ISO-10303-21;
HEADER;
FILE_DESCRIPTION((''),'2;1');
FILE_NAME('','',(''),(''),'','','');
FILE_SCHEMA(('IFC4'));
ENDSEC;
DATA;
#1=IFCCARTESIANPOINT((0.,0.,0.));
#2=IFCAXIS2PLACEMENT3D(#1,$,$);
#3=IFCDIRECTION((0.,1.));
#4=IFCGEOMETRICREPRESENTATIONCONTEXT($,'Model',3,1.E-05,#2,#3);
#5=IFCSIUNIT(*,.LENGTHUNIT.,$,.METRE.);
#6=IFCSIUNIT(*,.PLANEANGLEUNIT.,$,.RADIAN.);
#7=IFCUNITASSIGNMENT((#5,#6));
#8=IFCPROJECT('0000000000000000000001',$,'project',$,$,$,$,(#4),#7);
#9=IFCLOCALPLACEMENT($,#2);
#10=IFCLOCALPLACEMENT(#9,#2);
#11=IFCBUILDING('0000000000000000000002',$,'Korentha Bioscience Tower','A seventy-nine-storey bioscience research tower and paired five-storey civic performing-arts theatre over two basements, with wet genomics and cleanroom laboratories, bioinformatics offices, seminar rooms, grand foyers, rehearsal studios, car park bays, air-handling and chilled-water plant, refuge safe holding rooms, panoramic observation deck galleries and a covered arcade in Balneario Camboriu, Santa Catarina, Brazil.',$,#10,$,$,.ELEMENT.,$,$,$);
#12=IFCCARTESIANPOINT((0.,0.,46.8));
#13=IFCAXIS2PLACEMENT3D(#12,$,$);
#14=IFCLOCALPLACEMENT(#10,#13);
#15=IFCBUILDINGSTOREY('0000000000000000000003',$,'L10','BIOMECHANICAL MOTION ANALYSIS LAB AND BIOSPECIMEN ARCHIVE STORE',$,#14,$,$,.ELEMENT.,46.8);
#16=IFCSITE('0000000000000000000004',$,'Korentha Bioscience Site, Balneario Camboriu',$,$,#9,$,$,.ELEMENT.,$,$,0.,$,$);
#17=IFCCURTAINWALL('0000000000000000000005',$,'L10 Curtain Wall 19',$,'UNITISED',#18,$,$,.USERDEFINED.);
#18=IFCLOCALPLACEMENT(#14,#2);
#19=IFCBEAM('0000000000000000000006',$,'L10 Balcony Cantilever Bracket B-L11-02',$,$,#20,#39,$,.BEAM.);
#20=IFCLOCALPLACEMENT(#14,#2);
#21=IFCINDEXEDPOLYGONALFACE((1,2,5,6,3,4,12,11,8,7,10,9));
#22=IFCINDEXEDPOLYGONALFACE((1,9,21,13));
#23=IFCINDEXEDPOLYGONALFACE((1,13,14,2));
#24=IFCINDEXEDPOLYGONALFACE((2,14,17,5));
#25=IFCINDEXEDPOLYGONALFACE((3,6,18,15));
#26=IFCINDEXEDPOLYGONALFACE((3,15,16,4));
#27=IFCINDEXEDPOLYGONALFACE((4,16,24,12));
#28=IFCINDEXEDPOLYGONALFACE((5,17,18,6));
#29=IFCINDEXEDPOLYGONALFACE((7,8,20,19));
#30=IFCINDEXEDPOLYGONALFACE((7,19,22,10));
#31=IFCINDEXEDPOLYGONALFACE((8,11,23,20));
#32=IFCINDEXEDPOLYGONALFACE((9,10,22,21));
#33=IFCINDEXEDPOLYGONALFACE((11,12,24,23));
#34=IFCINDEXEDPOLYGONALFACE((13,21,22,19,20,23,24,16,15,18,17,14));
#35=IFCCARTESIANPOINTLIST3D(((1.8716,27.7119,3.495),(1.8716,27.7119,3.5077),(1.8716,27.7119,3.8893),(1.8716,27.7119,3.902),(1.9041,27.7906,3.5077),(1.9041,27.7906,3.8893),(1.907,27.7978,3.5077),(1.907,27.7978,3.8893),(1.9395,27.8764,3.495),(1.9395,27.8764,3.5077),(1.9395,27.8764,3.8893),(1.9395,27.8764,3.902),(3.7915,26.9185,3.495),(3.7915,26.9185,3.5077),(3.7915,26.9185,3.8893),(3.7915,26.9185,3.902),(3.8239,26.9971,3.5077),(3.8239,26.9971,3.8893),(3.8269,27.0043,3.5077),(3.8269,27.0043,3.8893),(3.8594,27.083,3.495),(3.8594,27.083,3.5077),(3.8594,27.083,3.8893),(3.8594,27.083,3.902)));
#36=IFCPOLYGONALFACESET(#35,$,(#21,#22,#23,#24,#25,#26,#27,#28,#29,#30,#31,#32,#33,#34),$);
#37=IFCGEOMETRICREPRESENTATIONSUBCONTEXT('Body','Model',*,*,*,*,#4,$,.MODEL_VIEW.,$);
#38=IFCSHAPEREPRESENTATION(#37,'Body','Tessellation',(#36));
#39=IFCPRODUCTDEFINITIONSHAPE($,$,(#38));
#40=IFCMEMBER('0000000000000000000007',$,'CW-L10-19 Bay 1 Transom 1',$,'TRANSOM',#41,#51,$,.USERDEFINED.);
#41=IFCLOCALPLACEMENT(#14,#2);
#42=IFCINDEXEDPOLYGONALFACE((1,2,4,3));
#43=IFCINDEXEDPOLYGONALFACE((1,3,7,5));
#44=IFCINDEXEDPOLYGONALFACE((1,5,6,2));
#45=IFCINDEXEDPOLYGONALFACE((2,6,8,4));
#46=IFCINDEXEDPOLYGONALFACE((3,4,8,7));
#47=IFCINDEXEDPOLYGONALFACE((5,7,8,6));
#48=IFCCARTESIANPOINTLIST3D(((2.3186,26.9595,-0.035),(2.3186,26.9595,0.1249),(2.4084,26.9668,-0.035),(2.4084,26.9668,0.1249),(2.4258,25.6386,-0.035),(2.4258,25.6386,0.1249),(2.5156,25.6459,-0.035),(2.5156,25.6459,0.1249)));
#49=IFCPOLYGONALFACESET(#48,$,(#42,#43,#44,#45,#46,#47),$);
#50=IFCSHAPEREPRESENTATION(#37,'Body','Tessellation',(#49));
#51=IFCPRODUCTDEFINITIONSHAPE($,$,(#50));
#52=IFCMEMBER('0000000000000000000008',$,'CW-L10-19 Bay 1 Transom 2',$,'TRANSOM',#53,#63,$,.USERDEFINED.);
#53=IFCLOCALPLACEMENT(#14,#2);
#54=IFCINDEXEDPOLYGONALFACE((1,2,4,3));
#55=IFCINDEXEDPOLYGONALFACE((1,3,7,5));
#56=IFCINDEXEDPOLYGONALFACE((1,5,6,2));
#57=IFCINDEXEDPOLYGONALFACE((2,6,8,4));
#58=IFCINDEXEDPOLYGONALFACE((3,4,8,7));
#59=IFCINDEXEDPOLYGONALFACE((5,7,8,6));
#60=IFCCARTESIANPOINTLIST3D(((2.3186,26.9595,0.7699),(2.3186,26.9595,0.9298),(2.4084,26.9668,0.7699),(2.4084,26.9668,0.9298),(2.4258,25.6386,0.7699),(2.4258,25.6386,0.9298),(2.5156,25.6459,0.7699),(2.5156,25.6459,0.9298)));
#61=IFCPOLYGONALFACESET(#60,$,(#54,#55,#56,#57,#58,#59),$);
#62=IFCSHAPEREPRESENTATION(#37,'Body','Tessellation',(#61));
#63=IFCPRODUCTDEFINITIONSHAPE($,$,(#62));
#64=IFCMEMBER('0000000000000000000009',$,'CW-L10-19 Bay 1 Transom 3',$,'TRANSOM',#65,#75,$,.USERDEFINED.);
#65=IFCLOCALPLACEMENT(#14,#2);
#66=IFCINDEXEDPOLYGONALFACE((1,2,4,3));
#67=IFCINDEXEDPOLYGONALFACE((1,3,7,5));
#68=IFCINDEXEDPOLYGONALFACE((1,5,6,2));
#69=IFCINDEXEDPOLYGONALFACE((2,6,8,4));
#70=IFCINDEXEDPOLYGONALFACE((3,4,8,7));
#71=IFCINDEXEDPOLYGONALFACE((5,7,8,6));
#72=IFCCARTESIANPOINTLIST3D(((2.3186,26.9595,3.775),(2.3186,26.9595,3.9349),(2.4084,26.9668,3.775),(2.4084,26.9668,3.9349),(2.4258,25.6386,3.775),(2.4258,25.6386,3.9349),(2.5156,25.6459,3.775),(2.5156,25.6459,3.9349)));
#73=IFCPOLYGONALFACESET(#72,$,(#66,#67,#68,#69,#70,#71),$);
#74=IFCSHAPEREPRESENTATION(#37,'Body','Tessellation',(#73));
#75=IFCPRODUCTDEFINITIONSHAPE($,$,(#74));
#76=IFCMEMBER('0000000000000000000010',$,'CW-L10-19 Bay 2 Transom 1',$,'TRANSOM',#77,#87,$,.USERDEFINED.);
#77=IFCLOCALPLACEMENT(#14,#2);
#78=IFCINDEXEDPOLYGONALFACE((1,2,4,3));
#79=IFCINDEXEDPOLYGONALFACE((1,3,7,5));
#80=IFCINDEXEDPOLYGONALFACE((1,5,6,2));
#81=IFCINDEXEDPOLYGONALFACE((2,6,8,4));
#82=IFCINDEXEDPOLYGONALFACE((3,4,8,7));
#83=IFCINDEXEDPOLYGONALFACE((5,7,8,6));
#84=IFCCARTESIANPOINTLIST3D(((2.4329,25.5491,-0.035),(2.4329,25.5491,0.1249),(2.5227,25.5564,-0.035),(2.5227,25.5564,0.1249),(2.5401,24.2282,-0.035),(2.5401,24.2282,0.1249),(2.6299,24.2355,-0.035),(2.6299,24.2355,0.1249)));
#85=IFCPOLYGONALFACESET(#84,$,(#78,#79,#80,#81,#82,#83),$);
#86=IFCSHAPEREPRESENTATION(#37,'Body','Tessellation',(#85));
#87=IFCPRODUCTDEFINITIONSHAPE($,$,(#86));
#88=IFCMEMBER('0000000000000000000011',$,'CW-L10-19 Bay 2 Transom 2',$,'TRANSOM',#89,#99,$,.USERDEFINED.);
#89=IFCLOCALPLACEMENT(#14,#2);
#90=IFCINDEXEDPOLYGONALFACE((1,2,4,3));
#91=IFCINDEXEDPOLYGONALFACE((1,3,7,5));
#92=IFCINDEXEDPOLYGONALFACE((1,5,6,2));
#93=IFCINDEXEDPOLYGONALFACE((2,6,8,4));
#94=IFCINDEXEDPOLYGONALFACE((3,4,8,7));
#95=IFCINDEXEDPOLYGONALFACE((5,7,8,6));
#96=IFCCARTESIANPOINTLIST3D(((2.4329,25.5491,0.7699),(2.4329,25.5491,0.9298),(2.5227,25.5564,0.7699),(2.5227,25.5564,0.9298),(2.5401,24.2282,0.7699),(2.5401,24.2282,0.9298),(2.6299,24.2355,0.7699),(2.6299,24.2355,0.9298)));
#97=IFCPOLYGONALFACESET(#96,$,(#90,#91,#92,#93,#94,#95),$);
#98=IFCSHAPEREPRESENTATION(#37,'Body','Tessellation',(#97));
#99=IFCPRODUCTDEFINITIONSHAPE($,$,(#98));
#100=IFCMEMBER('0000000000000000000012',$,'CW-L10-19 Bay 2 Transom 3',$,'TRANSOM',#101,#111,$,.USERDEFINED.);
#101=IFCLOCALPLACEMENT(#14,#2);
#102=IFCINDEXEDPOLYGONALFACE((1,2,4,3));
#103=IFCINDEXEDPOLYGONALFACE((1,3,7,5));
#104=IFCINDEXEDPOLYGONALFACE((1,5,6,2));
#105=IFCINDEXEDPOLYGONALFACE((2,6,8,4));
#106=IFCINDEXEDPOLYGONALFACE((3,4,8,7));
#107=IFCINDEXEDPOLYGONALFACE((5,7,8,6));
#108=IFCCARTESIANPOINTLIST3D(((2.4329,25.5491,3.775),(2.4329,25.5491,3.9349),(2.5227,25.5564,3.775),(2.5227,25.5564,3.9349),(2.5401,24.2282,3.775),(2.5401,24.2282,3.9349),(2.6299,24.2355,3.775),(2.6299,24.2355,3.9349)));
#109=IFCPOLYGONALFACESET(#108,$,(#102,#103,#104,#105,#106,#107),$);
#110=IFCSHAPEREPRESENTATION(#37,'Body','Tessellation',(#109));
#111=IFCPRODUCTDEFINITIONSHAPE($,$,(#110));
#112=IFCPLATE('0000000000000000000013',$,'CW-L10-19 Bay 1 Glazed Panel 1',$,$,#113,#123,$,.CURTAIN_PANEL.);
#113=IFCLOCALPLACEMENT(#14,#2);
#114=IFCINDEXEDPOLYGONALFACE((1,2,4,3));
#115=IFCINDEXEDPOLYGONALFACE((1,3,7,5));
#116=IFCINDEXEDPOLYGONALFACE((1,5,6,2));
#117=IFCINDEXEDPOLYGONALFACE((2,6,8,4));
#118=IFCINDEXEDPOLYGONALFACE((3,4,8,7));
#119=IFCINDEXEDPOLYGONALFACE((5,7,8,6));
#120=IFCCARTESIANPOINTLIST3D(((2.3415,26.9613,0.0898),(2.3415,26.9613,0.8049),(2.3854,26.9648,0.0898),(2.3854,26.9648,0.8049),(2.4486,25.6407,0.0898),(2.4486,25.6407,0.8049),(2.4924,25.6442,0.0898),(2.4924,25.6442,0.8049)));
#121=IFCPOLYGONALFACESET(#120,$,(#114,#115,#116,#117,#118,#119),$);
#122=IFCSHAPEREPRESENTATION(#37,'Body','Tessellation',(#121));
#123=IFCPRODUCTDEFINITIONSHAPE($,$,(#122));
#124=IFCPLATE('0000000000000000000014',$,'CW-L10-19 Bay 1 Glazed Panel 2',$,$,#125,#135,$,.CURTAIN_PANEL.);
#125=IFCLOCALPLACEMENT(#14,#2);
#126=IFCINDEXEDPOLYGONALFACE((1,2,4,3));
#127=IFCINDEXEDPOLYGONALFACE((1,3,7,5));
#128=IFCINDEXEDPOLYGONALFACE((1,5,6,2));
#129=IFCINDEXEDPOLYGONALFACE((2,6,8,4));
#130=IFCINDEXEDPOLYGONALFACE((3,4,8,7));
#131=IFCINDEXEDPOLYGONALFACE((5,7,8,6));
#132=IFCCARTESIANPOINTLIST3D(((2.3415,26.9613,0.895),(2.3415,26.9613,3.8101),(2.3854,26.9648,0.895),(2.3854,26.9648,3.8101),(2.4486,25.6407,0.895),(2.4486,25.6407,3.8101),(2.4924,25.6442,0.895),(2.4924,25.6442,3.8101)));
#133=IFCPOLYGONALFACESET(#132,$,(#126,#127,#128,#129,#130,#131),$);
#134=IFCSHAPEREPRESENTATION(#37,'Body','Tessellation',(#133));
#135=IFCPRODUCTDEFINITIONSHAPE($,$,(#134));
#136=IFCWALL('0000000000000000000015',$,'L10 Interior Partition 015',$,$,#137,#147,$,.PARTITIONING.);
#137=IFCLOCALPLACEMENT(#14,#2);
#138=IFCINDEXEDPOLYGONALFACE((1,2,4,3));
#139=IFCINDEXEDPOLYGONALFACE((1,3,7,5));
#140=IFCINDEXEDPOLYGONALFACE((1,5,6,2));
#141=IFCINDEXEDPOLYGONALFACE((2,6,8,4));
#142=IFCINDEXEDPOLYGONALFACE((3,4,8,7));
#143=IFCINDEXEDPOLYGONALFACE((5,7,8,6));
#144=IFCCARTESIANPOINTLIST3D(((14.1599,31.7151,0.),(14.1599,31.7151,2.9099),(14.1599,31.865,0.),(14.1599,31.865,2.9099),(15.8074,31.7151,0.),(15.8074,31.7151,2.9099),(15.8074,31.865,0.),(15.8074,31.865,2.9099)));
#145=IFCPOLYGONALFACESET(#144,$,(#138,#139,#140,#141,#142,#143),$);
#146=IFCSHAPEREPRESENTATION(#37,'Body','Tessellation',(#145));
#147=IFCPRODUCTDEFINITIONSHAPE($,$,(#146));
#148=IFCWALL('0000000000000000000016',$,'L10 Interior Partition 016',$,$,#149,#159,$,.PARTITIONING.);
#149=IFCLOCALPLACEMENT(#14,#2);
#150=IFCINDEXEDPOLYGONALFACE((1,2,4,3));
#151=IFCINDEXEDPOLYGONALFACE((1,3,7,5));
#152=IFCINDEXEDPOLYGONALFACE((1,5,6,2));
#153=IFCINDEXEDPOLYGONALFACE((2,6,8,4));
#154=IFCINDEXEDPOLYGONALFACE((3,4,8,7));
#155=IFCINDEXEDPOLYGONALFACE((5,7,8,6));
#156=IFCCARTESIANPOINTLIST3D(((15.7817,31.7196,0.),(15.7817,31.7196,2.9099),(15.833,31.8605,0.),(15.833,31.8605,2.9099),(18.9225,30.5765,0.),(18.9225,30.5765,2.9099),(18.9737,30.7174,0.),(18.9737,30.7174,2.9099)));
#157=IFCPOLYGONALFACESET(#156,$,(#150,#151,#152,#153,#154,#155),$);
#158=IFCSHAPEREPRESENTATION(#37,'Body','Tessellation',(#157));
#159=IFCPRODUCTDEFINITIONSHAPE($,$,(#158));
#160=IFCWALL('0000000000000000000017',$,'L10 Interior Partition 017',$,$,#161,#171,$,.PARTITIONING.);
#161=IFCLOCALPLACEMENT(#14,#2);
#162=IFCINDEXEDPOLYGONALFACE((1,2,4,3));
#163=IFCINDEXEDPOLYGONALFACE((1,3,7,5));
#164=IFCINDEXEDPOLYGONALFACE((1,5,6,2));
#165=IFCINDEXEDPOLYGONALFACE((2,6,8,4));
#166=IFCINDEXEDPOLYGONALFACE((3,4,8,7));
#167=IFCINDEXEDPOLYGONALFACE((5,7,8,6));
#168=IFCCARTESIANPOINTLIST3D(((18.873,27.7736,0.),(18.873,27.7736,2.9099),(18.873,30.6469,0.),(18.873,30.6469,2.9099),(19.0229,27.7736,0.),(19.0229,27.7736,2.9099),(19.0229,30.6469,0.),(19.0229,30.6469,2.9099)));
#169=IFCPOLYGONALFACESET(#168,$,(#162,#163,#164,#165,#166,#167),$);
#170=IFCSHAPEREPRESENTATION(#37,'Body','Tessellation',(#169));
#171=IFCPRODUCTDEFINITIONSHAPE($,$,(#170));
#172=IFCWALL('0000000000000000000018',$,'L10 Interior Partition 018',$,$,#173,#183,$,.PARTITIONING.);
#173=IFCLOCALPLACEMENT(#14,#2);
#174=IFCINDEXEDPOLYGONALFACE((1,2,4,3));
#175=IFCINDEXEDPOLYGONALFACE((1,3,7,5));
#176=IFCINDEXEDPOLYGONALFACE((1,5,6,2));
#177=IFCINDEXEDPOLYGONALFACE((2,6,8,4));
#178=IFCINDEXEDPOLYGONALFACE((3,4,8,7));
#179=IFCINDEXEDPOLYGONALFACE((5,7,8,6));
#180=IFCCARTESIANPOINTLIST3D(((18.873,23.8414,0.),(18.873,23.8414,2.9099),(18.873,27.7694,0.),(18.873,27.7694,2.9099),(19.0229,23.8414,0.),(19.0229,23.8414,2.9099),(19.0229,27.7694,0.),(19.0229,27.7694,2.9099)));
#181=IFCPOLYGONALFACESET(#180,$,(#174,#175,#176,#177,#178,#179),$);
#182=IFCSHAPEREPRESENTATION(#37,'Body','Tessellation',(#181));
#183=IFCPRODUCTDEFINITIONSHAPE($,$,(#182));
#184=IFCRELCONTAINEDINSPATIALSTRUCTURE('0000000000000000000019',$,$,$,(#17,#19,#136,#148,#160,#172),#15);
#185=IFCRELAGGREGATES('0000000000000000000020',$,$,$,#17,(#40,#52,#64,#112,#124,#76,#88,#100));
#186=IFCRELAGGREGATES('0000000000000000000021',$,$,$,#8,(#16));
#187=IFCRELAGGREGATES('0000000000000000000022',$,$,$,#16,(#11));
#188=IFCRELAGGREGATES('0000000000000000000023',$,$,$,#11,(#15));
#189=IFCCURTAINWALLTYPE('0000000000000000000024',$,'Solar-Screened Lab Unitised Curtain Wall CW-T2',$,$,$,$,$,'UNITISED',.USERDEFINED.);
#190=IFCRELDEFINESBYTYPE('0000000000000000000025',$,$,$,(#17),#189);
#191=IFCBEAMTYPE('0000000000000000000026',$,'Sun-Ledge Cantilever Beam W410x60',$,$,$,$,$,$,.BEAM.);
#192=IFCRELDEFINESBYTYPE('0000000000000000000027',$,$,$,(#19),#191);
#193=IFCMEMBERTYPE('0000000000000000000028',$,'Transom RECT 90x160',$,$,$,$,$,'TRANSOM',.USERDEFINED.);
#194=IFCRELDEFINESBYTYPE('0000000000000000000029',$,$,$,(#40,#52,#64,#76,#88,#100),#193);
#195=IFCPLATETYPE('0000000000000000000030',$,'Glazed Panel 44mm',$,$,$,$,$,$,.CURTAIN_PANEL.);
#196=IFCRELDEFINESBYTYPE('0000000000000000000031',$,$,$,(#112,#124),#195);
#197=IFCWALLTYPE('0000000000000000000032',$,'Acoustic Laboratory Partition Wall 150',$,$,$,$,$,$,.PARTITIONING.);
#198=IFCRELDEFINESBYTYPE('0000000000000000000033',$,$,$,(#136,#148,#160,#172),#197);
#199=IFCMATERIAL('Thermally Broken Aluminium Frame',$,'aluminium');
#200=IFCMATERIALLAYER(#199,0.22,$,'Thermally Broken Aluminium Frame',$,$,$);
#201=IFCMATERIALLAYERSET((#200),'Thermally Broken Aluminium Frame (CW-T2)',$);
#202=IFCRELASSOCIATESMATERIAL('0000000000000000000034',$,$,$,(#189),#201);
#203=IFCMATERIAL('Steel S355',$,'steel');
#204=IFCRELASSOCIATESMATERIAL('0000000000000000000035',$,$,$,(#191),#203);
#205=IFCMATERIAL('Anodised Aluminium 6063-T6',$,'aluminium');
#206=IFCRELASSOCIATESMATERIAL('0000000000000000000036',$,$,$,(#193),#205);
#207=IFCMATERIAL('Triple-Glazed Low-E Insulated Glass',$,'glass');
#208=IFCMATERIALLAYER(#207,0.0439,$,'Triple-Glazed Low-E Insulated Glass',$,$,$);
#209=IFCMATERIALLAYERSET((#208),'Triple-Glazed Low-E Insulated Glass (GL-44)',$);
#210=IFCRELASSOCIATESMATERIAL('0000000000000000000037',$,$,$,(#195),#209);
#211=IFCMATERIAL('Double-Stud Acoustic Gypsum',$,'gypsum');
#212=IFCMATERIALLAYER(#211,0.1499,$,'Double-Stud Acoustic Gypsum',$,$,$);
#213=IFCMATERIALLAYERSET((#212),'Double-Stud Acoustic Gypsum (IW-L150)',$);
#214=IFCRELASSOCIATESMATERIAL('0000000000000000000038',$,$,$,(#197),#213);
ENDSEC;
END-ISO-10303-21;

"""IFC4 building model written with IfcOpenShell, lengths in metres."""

from ifc_helpers import new_model, si_unit, direction, frame, frame_2d, origin, origin_2d, place, context, subcontext, project, spatial, rectangle, i_section, extrude, material, layer, layer_set, material_profile, profile_set, type_object, element, aggregate, save


model = new_model("IFC4")

# Units and contexts
model_context = context("Model", 3, precision=1e-05, world=origin(), true_north=direction((0.0, 1.0)))
body_context = subcontext(model_context, "Body", "Model", "MODEL_VIEW")
ifc_project = project(units=[si_unit("LENGTHUNIT", "METRE"), si_unit("PLANEANGLEUNIT", "RADIAN")], contexts=[model_context])

# Site, building, storey
site_placement = place(None, origin())
site = spatial("IfcSite", under=ifc_project, at=site_placement, Name="Korentha Bioscience Site, Balneario Camboriu", CompositionType="ELEMENT", RefElevation=0.0)
building_placement = place(site_placement, origin())
building = spatial("IfcBuilding", under=site, at=building_placement, Name="Korentha Bioscience Tower", Description="A seventy-nine-storey bioscience research tower and paired five-storey civic performing-arts theatre over two basements, with wet genomics and cleanroom laboratories, bioinformatics offices, seminar rooms, grand foyers, rehearsal studios, car park bays, air-handling and chilled-water plant, refuge safe holding rooms, panoramic observation deck galleries and a covered arcade in Balneario Camboriu, Santa Catarina, Brazil.", CompositionType="ELEMENT")
storey_placement = place(building_placement, frame((0.0, 0.0, 46.8)))
storey = spatial("IfcBuildingStorey", under=building, at=storey_placement, Name="L10", Description="BIOMECHANICAL MOTION ANALYSIS LAB AND BIOSPECIMEN ARCHIVE STORE", CompositionType="ELEMENT", Elevation=46.8)

# Shared definitions
ifc_material_1 = material(Name="Steel S355", Category="steel")

# Curtain wall
ifc_material_2 = material(Name="Thermally Broken Aluminium Frame", Category="aluminium")
ifc_layer_1 = layer(ifc_material_2, 0.22, Name="Thermally Broken Aluminium Frame")
ifc_layer_set_1 = layer_set([ifc_layer_1], Name="Thermally Broken Aluminium Frame (CW-T2)")
curtain_wall_type = type_object("IfcCurtainWallType", Name="Solar-Screened Lab Unitised Curtain Wall CW-T2", ElementType="UNITISED", PredefinedType="USERDEFINED", material=ifc_layer_set_1)
curtain_wall_placement = place(storey_placement, origin())
curtain_wall = element("IfcCurtainWall", 1, at=curtain_wall_placement, inside=storey, type_object=curtain_wall_type, Name="L10 Curtain Wall 19", ObjectType="UNITISED", PredefinedType="USERDEFINED")
ifc_material_3 = material(Name="Anodised Aluminium 6063-T6", Category="aluminium")

# Beam
ifc_material_profile_1 = material_profile(ifc_material_1, i_section(OverallWidth=0.178, OverallDepth=0.407, WebThickness=0.0078, FlangeThickness=0.0127, at=origin_2d()), Name="Steel S355")
ifc_profile_set_1 = profile_set([ifc_material_profile_1], Name="Steel S355 (CB-410)")
beam_type_1 = type_object("IfcBeamType", Name="Sun-Ledge Cantilever Beam W410x60", PredefinedType="BEAM", material=ifc_profile_set_1)
beam_1_placement = place(storey_placement, frame((3.8254, 27.0007, 3.6985), z_axis=(-0.924186, 0.381943, 0.0), x_axis=(-0.381943, -0.924186, 0.0)))
element("IfcBeam", 2, at=beam_1_placement, inside=storey, type_object=beam_type_1, Name="L10 Balcony Cantilever Bracket B-L11-02", PredefinedType="BEAM", context=body_context, shape_type="SweptSolid", body=[
    extrude(i_section(OverallWidth=0.178, OverallDepth=0.407, WebThickness=0.0078, FlangeThickness=0.0127, at=origin_2d()), origin(), (0.0, 0.0, 1.0), 2.0774),
])

# Members
ifc_material_profile_2 = material_profile(ifc_material_3, rectangle(XDim=0.0901, YDim=0.1599, at=origin_2d()), Name="Anodised Aluminium 6063-T6")
ifc_profile_set_2 = profile_set([ifc_material_profile_2], Name="Anodised Aluminium 6063-T6 (CW-TRN)")
member_type_1 = type_object("IfcMemberType", Name="Transom RECT 90x160", ElementType="TRANSOM", PredefinedType="USERDEFINED", material=ifc_profile_set_2)
member_1_placement = place(storey_placement, frame((2.3635, 26.9631, 0.0449), z_axis=(0.08088, -0.996724, 0.0), x_axis=(0.996724, 0.08088, 0.0)))
member_1 = element("IfcMember", 3, at=member_1_placement, type_object=member_type_1, Name="CW-L10-19 Bay 1 Transom 1", ObjectType="TRANSOM", PredefinedType="USERDEFINED", context=body_context, shape_type="SweptSolid", body=[
    extrude(rectangle(XDim=0.0901, YDim=0.1599, at=origin_2d()), origin(), (0.0, 0.0, 1.0), 1.3252),
])
member_2_placement = place(storey_placement, frame((2.3635, 26.9631, 0.8499), z_axis=(0.08088, -0.996724, 0.0), x_axis=(0.996724, 0.08088, 0.0)))
member_2 = element("IfcMember", 4, at=member_2_placement, type_object=member_type_1, Name="CW-L10-19 Bay 1 Transom 2", ObjectType="TRANSOM", PredefinedType="USERDEFINED", context=body_context, shape_type="SweptSolid", body=[
    extrude(rectangle(XDim=0.0901, YDim=0.1599, at=origin_2d()), origin(), (0.0, 0.0, 1.0), 1.3252),
])
member_3_placement = place(storey_placement, frame((2.3635, 26.9631, 3.855), z_axis=(0.08088, -0.996724, 0.0), x_axis=(0.996724, 0.08088, 0.0)))
member_3 = element("IfcMember", 5, at=member_3_placement, type_object=member_type_1, Name="CW-L10-19 Bay 1 Transom 3", ObjectType="TRANSOM", PredefinedType="USERDEFINED", context=body_context, shape_type="SweptSolid", body=[
    extrude(rectangle(XDim=0.0901, YDim=0.1599, at=origin_2d()), origin(), (0.0, 0.0, 1.0), 1.3252),
])
member_4_placement = place(storey_placement, frame((2.4778, 25.5527, 0.0449), z_axis=(0.08088, -0.996724, 0.0), x_axis=(0.996724, 0.08088, 0.0)))
member_4 = element("IfcMember", 6, at=member_4_placement, type_object=member_type_1, Name="CW-L10-19 Bay 2 Transom 1", ObjectType="TRANSOM", PredefinedType="USERDEFINED", context=body_context, shape_type="SweptSolid", body=[
    extrude(rectangle(XDim=0.0901, YDim=0.1599, at=origin_2d()), origin(), (0.0, 0.0, 1.0), 1.3252),
])
member_5_placement = place(storey_placement, frame((2.4778, 25.5527, 0.8499), z_axis=(0.08088, -0.996724, 0.0), x_axis=(0.996724, 0.08088, 0.0)))
member_5 = element("IfcMember", 7, at=member_5_placement, type_object=member_type_1, Name="CW-L10-19 Bay 2 Transom 2", ObjectType="TRANSOM", PredefinedType="USERDEFINED", context=body_context, shape_type="SweptSolid", body=[
    extrude(rectangle(XDim=0.0901, YDim=0.1599, at=origin_2d()), origin(), (0.0, 0.0, 1.0), 1.3252),
])
member_6_placement = place(storey_placement, frame((2.4778, 25.5527, 3.855), z_axis=(0.08088, -0.996724, 0.0), x_axis=(0.996724, 0.08088, 0.0)))
member_6 = element("IfcMember", 8, at=member_6_placement, type_object=member_type_1, Name="CW-L10-19 Bay 2 Transom 3", ObjectType="TRANSOM", PredefinedType="USERDEFINED", context=body_context, shape_type="SweptSolid", body=[
    extrude(rectangle(XDim=0.0901, YDim=0.1599, at=origin_2d()), origin(), (0.0, 0.0, 1.0), 1.3252),
])

# Plates
ifc_material_4 = material(Name="Triple-Glazed Low-E Insulated Glass", Category="glass")
ifc_layer_2 = layer(ifc_material_4, 0.0439, Name="Triple-Glazed Low-E Insulated Glass")
ifc_layer_set_2 = layer_set([ifc_layer_2], Name="Triple-Glazed Low-E Insulated Glass (GL-44)")
plate_type = type_object("IfcPlateType", Name="Glazed Panel 44mm", PredefinedType="CURTAIN_PANEL", material=ifc_layer_set_2)
plate_1_placement = place(storey_placement, frame((2.417, 26.3027, 0.0898), z_axis=(0.0, 0.0, 1.0), x_axis=(0.08082, -0.996729, 0.0)))
plate_1 = element("IfcPlate", 9, at=plate_1_placement, type_object=plate_type, Name="CW-L10-19 Bay 1 Glazed Panel 1", PredefinedType="CURTAIN_PANEL", context=body_context, shape_type="SweptSolid", body=[
    extrude(rectangle(XDim=1.325, YDim=0.0439, at=origin_2d()), origin(), (0.0, 0.0, 1.0), 0.7151),
])
plate_2_placement = place(storey_placement, frame((2.417, 26.3027, 0.895), z_axis=(0.0, 0.0, 1.0), x_axis=(0.08082, -0.996729, 0.0)))
plate_2 = element("IfcPlate", 10, at=plate_2_placement, type_object=plate_type, Name="CW-L10-19 Bay 1 Glazed Panel 2", PredefinedType="CURTAIN_PANEL", context=body_context, shape_type="SweptSolid", body=[
    extrude(rectangle(XDim=1.325, YDim=0.0439, at=origin_2d()), origin(), (0.0, 0.0, 1.0), 2.915),
])
aggregate(curtain_wall, [member_1, member_2, member_3, plate_1, plate_2, member_4, member_5, member_6])

# Walls
ifc_material_5 = material(Name="Double-Stud Acoustic Gypsum", Category="gypsum")
ifc_layer_3 = layer(ifc_material_5, 0.1499, Name="Double-Stud Acoustic Gypsum")
ifc_layer_set_3 = layer_set([ifc_layer_3], Name="Double-Stud Acoustic Gypsum (IW-L150)")
wall_type_1 = type_object("IfcWallType", Name="Acoustic Laboratory Partition Wall 150", PredefinedType="PARTITIONING", material=ifc_layer_set_3)
wall_1_placement = place(storey_placement, frame((14.1599, 31.79, 0.0), z_axis=(0.0, 0.0, 1.0), x_axis=(1.0, 0.0, 0.0)))
element("IfcWall", 11, at=wall_1_placement, inside=storey, type_object=wall_type_1, Name="L10 Interior Partition 015", PredefinedType="PARTITIONING", context=body_context, shape_type="SweptSolid", body=[
    extrude(rectangle(XDim=1.6475, YDim=0.1499, at=frame_2d((0.8237, 0.0))), origin(), (0.0, 0.0, 1.0), 2.9099),
])
wall_2_placement = place(storey_placement, frame((15.8074, 31.79, 0.0), z_axis=(0.0, 0.0, 1.0), x_axis=(0.939695, -0.342013, 0.0)))
element("IfcWall", 12, at=wall_2_placement, inside=storey, type_object=wall_type_1, Name="L10 Interior Partition 016", PredefinedType="PARTITIONING", context=body_context, shape_type="SweptSolid", body=[
    extrude(rectangle(XDim=3.3423, YDim=0.1499, at=frame_2d((1.6711, 0.0))), origin(), (0.0, 0.0, 1.0), 2.9099),
])
wall_3_placement = place(storey_placement, frame((18.948, 30.6467, 0.0), z_axis=(0.0, 0.0, 1.0), x_axis=(0.0, -1.0, 0.0)))
element("IfcWall", 13, at=wall_3_placement, inside=storey, type_object=wall_type_1, Name="L10 Interior Partition 017", PredefinedType="PARTITIONING", context=body_context, shape_type="SweptSolid", body=[
    extrude(rectangle(XDim=2.8733, YDim=0.1499, at=frame_2d((1.4365, 0.0))), origin(), (0.0, 0.0, 1.0), 2.9099),
])
wall_4_placement = place(storey_placement, frame((18.948, 27.7693, 0.0), z_axis=(0.0, 0.0, 1.0), x_axis=(0.0, -1.0, 0.0)))
element("IfcWall", 14, at=wall_4_placement, inside=storey, type_object=wall_type_1, Name="L10 Interior Partition 018", PredefinedType="PARTITIONING", context=body_context, shape_type="SweptSolid", body=[
    extrude(rectangle(XDim=3.928, YDim=0.1499, at=frame_2d((1.9639, 0.0))), origin(), (0.0, 0.0, 1.0), 2.9099),
])

save(model, "model.ifc")
